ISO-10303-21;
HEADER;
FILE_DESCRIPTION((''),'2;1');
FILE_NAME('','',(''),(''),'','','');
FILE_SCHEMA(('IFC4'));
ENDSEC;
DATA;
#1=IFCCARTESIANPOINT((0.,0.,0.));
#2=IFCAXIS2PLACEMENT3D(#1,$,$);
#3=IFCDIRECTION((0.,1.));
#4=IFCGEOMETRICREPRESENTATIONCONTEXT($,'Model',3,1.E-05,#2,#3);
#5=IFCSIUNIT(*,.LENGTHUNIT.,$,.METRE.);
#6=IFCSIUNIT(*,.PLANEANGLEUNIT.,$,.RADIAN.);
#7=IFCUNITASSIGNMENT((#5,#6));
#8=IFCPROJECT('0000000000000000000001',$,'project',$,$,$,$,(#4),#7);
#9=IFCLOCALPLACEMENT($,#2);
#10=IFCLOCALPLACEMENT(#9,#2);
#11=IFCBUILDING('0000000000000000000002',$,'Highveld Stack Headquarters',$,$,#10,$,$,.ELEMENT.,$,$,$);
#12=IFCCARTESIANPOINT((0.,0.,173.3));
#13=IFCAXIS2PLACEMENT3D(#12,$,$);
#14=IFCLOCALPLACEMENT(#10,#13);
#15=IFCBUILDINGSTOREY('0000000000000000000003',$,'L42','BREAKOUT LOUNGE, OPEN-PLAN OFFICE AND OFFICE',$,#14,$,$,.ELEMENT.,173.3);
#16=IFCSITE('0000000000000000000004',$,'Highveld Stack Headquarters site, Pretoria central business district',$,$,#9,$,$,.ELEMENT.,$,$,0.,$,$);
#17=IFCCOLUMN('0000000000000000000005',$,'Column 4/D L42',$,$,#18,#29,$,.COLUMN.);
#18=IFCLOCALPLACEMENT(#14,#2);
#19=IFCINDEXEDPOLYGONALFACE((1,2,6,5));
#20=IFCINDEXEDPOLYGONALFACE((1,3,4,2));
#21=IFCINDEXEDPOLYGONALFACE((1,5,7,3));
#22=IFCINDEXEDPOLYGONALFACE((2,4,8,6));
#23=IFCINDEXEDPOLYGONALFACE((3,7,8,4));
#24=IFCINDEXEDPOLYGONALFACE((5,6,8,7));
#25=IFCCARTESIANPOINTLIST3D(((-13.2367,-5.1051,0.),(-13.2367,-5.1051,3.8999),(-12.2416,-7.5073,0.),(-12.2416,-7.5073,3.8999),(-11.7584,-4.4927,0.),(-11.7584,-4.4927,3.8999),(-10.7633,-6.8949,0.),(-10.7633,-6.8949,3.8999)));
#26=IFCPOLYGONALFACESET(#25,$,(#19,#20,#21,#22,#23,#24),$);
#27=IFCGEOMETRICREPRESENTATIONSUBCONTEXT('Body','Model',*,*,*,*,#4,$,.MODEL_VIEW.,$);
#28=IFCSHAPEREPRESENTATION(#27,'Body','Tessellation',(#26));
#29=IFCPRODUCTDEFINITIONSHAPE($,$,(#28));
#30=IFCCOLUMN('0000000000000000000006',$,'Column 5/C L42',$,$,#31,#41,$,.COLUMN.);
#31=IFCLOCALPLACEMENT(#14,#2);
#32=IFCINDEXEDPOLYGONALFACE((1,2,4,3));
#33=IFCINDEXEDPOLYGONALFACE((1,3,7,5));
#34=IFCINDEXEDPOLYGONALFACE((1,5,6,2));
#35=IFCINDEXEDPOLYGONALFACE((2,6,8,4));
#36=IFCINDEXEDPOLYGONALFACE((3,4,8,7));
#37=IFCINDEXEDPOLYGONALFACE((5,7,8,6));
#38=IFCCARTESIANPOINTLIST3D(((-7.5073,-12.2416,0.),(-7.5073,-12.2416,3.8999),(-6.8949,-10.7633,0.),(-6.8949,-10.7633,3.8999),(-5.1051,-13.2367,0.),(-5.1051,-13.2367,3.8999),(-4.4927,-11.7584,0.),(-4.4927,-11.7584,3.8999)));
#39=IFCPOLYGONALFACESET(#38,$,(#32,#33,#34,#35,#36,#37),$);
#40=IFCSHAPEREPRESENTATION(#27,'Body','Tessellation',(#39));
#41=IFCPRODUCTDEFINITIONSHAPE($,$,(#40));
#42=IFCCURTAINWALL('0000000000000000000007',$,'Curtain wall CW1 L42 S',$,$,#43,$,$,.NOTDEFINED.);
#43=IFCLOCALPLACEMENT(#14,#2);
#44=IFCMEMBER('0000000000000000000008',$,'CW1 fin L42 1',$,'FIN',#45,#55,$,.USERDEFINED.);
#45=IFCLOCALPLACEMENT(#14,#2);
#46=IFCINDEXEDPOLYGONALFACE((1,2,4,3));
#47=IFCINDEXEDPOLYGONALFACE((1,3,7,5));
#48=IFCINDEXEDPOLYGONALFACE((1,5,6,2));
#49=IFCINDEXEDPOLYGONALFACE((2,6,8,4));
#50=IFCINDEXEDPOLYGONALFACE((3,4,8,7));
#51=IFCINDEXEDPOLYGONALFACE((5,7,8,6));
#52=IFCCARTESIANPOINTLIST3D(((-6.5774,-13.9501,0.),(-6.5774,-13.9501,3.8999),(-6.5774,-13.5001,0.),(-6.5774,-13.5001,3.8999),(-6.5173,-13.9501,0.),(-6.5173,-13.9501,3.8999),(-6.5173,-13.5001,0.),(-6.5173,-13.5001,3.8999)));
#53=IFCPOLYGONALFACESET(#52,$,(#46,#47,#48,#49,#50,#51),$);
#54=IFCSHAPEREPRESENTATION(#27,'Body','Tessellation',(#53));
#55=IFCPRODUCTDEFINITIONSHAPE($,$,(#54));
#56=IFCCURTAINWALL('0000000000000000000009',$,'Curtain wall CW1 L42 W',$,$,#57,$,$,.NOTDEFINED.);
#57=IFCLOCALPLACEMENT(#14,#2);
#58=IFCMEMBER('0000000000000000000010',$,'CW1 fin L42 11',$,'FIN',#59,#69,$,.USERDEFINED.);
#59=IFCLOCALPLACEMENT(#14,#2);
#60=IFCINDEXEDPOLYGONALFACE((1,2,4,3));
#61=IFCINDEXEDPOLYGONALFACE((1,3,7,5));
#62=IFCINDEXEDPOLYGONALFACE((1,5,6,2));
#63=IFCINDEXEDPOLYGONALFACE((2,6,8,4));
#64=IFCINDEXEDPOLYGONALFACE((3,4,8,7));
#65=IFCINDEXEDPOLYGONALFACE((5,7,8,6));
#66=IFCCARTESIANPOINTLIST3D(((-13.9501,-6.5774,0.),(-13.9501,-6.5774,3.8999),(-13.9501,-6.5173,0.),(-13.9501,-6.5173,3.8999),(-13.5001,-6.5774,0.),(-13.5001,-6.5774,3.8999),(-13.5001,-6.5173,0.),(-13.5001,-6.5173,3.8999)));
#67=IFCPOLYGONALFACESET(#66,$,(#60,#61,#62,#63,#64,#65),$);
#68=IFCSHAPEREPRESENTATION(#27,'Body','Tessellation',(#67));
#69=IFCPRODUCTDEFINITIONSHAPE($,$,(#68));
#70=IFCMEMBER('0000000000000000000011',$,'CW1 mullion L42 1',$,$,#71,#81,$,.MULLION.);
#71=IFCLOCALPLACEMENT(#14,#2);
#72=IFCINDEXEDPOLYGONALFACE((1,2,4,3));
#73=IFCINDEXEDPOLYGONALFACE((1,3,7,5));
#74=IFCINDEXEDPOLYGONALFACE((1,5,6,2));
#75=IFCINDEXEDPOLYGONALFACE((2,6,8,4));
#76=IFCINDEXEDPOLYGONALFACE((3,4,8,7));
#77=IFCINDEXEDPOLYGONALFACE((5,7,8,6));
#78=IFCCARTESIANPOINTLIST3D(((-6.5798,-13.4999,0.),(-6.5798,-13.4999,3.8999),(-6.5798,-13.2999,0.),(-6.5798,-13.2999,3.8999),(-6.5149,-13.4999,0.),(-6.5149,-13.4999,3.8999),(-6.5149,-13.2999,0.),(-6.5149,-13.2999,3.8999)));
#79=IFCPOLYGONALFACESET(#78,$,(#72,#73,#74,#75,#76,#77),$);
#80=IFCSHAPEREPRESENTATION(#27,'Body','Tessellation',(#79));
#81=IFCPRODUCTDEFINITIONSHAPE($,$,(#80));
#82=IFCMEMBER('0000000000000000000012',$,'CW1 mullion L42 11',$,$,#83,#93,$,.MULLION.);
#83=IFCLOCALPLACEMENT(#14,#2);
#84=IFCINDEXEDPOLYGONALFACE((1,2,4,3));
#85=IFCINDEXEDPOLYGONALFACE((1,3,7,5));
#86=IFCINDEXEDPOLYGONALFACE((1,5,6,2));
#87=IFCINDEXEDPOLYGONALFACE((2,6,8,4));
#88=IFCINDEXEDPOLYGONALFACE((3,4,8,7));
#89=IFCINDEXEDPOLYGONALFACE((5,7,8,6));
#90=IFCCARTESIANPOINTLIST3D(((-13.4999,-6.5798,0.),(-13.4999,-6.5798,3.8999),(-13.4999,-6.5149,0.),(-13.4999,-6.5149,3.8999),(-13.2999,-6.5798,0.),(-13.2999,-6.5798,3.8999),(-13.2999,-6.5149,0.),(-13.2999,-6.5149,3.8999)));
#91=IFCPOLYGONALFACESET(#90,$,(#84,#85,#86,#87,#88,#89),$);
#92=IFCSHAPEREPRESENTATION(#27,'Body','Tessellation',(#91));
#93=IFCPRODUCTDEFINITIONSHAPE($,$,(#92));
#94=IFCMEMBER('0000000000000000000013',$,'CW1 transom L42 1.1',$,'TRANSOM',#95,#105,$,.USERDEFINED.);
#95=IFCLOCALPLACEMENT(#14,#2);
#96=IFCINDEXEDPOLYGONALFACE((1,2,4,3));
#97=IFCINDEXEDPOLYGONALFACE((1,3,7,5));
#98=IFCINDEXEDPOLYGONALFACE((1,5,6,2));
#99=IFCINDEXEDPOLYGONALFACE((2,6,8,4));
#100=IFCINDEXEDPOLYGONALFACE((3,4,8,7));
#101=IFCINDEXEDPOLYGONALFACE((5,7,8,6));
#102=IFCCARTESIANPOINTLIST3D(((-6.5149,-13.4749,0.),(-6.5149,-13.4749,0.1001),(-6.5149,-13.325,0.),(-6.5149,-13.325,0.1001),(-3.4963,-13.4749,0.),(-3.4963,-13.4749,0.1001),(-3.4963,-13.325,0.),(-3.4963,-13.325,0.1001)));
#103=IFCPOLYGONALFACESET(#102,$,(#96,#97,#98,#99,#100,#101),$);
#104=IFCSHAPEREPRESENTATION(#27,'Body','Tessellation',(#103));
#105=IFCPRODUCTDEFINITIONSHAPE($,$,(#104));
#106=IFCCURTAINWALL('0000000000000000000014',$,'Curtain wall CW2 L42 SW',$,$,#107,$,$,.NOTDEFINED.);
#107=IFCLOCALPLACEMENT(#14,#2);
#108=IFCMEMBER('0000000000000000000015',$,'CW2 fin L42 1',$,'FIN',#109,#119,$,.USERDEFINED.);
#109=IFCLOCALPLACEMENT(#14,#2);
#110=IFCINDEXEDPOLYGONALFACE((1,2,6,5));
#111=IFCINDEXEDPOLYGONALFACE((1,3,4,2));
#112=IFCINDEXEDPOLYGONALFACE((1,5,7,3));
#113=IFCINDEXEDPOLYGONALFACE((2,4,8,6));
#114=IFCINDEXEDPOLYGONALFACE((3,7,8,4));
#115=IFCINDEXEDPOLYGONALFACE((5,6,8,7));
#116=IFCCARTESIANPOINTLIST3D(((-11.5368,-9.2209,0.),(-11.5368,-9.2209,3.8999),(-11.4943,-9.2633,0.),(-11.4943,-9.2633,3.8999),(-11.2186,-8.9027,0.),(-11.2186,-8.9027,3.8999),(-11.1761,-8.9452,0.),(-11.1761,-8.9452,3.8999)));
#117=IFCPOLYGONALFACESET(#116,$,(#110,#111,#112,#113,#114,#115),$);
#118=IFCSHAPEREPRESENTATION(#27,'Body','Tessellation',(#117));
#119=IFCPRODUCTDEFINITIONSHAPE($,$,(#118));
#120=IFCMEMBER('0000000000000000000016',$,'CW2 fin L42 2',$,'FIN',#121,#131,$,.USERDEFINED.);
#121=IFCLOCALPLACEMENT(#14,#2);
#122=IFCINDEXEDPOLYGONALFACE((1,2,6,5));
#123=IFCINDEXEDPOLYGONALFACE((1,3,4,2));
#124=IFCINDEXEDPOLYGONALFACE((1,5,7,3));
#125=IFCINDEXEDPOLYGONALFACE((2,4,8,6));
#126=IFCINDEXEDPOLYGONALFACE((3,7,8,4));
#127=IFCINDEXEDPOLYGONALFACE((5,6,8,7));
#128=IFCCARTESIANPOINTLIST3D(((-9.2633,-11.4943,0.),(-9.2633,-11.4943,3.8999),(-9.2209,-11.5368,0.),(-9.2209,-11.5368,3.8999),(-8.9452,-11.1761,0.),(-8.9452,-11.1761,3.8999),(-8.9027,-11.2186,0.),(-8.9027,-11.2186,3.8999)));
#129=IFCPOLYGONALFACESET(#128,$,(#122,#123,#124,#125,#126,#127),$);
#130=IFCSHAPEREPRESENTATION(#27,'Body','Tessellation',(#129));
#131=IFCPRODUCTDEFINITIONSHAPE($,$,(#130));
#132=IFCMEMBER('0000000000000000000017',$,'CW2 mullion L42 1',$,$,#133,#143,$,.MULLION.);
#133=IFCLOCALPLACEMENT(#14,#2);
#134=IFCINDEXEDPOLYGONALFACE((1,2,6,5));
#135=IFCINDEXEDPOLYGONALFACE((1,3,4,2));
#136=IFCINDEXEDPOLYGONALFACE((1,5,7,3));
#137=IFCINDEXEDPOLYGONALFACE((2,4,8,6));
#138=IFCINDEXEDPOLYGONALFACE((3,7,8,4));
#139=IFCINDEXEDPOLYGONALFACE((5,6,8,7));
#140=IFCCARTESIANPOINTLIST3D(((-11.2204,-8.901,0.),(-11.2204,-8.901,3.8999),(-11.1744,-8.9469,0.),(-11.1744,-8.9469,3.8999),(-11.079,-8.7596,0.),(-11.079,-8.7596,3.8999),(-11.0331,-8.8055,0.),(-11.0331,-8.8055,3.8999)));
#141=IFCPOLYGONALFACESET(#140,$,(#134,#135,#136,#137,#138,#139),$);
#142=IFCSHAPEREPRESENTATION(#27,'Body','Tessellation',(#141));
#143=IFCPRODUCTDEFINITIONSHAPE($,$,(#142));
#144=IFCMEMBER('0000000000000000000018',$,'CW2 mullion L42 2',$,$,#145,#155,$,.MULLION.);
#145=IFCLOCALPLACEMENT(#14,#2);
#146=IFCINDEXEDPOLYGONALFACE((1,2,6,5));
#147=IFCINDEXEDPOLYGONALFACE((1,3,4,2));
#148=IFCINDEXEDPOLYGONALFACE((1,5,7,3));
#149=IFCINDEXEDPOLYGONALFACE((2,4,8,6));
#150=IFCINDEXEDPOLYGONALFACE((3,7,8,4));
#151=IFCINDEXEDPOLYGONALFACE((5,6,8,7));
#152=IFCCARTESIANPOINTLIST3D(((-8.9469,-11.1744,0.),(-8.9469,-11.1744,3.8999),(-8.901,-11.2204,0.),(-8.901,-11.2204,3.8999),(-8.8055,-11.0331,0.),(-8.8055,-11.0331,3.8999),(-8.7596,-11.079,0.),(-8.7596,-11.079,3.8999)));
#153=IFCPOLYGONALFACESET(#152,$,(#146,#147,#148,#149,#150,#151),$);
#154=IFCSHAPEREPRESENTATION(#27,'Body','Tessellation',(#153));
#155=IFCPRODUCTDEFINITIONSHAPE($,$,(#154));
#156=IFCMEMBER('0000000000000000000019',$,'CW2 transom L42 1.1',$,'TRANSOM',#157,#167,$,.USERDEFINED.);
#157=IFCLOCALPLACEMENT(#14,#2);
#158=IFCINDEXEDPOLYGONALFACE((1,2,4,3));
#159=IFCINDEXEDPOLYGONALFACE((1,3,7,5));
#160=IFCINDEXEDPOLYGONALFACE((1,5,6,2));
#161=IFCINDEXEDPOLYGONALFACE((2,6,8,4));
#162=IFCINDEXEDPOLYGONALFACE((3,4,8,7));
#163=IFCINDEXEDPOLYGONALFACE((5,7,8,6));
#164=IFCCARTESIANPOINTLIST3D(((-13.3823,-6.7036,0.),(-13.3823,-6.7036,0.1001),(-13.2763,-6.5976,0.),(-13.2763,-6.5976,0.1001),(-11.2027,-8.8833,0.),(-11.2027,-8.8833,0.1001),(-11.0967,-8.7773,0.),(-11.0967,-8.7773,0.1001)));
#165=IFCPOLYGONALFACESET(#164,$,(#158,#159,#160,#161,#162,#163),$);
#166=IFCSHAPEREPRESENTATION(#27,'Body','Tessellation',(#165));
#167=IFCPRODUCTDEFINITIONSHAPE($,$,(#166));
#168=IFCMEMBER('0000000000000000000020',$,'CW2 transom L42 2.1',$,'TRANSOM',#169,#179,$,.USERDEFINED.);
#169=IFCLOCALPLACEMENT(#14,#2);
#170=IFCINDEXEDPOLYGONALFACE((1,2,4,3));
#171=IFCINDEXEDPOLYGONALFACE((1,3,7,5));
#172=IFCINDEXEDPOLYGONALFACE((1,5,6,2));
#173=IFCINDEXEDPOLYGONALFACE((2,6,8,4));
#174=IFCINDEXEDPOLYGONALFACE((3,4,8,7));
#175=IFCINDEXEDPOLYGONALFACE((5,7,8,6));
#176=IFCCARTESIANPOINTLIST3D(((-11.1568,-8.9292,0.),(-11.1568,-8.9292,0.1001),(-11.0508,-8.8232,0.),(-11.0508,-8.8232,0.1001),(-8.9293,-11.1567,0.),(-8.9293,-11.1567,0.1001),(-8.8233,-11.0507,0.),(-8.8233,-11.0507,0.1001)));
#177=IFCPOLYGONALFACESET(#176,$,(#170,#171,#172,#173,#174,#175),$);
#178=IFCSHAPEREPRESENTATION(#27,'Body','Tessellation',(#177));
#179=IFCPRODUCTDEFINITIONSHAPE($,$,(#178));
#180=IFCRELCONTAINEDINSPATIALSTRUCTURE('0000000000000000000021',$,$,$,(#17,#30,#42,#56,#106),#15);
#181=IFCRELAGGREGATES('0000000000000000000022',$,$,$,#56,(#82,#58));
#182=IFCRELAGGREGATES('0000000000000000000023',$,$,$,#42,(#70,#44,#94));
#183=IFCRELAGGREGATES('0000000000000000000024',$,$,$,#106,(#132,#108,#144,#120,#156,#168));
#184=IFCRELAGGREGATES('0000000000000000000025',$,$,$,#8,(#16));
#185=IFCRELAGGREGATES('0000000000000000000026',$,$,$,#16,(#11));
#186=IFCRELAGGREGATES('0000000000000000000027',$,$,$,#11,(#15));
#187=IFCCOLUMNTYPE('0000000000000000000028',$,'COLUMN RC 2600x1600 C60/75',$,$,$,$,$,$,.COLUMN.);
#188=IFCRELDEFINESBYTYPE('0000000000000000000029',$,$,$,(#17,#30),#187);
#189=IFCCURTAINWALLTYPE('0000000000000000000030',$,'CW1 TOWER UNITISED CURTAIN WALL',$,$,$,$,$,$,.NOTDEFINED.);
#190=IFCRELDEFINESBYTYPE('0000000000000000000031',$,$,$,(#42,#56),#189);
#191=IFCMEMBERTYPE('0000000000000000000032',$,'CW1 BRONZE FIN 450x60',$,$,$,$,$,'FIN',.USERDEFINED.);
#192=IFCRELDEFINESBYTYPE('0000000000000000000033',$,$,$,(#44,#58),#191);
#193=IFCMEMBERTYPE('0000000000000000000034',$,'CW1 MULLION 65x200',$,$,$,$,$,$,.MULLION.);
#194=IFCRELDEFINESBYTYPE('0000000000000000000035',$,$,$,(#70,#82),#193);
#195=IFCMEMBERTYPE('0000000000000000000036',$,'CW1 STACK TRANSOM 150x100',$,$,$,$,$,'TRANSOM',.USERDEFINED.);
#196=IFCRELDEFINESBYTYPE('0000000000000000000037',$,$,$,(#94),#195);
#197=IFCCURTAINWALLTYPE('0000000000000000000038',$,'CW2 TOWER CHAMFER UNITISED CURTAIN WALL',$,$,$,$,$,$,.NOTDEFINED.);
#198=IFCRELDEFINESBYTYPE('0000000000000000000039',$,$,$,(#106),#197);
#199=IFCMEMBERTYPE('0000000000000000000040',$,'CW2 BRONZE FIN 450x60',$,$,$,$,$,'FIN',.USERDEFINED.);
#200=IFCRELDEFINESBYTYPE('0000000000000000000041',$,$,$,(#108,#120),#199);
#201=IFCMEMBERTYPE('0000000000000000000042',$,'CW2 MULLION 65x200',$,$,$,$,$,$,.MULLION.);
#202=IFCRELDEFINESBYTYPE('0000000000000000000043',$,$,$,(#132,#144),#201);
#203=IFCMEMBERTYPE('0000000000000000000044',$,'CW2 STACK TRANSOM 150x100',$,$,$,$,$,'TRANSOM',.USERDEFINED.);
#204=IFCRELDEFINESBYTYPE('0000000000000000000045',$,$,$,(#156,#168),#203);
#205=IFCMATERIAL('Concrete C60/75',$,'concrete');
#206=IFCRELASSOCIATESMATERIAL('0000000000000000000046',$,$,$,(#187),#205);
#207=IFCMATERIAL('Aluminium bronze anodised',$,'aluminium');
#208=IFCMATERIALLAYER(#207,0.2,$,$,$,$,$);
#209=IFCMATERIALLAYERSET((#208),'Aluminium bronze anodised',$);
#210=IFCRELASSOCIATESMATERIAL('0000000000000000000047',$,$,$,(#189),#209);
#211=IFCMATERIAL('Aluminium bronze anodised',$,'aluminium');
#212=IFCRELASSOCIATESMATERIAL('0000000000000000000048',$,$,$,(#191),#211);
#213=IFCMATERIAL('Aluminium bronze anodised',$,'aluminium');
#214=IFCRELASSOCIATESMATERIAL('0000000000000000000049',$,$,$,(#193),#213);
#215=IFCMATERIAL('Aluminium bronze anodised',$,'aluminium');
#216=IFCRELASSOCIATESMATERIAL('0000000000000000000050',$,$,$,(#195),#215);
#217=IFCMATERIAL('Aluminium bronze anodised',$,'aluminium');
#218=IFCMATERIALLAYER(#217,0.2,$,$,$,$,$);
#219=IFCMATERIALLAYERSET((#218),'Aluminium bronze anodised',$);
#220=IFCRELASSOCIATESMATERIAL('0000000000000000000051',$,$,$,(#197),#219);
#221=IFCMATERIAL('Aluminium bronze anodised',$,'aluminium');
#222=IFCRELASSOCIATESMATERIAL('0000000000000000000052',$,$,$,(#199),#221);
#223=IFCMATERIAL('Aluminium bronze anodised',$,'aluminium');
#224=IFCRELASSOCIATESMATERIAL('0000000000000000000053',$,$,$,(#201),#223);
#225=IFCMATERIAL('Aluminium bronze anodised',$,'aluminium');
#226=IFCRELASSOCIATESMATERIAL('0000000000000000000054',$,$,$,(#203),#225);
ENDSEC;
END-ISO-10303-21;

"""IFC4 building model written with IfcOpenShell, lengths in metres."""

from ifc_helpers import new_model, si_unit, direction, frame, origin, origin_2d, place, context, subcontext, project, spatial, rectangle, extrude, material, layer, layer_set, material_profile, profile_set, type_object, element, aggregate, save


model = new_model("IFC4")

# Units and contexts
model_context = context("Model", 3, precision=1e-05, world=origin(), true_north=direction((0.0, 1.0)))
body_context = subcontext(model_context, "Body", "Model", "MODEL_VIEW")
ifc_project = project(units=[si_unit("LENGTHUNIT", "METRE"), si_unit("PLANEANGLEUNIT", "RADIAN")], contexts=[model_context])

# Site, building, storey
site_placement = place(None, origin())
site = spatial("IfcSite", under=ifc_project, at=site_placement, Name="Highveld Stack Headquarters site, Pretoria central business district", CompositionType="ELEMENT", RefElevation=0.0)
building_placement = place(site_placement, origin())
building = spatial("IfcBuilding", under=site, at=building_placement, Name="Highveld Stack Headquarters", CompositionType="ELEMENT")
storey_placement = place(building_placement, frame((0.0, 0.0, 173.3)))
storey = spatial("IfcBuildingStorey", under=building, at=storey_placement, Name="L42", Description="BREAKOUT LOUNGE, OPEN-PLAN OFFICE AND OFFICE", CompositionType="ELEMENT", Elevation=173.3)

# Columns
ifc_material_1 = material(Name="Concrete C60/75", Category="concrete")
ifc_material_profile_1 = material_profile(ifc_material_1, rectangle(XDim=2.6001, YDim=1.6001, at=origin_2d()), Name="RC 2600x1600")
ifc_profile_set_1 = profile_set([ifc_material_profile_1], Name="Concrete C60/75")
column_type = type_object("IfcColumnType", Name="COLUMN RC 2600x1600 C60/75", PredefinedType="COLUMN", material=ifc_profile_set_1)
for number, where, z_axis, x_axis, name in (
    (1, (-12.0, -6.0, 0.0), (0.0, 0.0, 1.0), (-0.382683, 0.92388, 0.0), "Column 4/D L42"),
    (2, (-6.0, -12.0, 0.0), (0.0, 0.0, 1.0), (-0.92388, 0.382683, 0.0), "Column 5/C L42"),
):
    element("IfcColumn", number, at=place(storey_placement, frame(where, z_axis=z_axis, x_axis=x_axis)), inside=storey, type_object=column_type, Name=name, PredefinedType="COLUMN", context=body_context, shape_type="SweptSolid", body=[
        extrude(rectangle(XDim=2.6001, YDim=1.6001, at=origin_2d()), origin(), (0.0, 0.0, 1.0), 3.8999),
    ])

# Curtain walls, members
ifc_material_2 = material(Name="Aluminium bronze anodised", Category="aluminium")
ifc_layer_1 = layer(ifc_material_2, 0.2)
ifc_layer_set_1 = layer_set([ifc_layer_1], Name="Aluminium bronze anodised")
curtain_wall_type_1 = type_object("IfcCurtainWallType", Name="CW1 TOWER UNITISED CURTAIN WALL", PredefinedType="NOTDEFINED", material=ifc_layer_set_1)
curtain_wall_1_placement = place(storey_placement, origin())
curtain_wall_1 = element("IfcCurtainWall", 3, at=curtain_wall_1_placement, inside=storey, type_object=curtain_wall_type_1, Name="Curtain wall CW1 L42 S", PredefinedType="NOTDEFINED")
ifc_material_3 = material(Name="Aluminium bronze anodised", Category="aluminium")
ifc_material_profile_2 = material_profile(ifc_material_3, rectangle(XDim=0.45, YDim=0.0601, at=origin_2d()), Name="FIN 450x60")
ifc_profile_set_2 = profile_set([ifc_material_profile_2], Name="Aluminium bronze anodised")
member_type_1 = type_object("IfcMemberType", Name="CW1 BRONZE FIN 450x60", ElementType="FIN", PredefinedType="USERDEFINED", material=ifc_profile_set_2)
member_1_placement = place(storey_placement, frame((-6.5474, -13.7251, 0.0), z_axis=(0.0, 0.0, 1.0), x_axis=(0.0, 1.0, 0.0)))
member_1 = element("IfcMember", 4, at=member_1_placement, type_object=member_type_1, Name="CW1 fin L42 1", ObjectType="FIN", PredefinedType="USERDEFINED", context=body_context, shape_type="SweptSolid", body=[
    extrude(rectangle(XDim=0.45, YDim=0.0601, at=origin_2d()), origin(), (0.0, 0.0, 1.0), 3.8999),
])
curtain_wall_2_placement = place(storey_placement, origin())
curtain_wall_2 = element("IfcCurtainWall", 5, at=curtain_wall_2_placement, inside=storey, type_object=curtain_wall_type_1, Name="Curtain wall CW1 L42 W", PredefinedType="NOTDEFINED")
member_2_placement = place(storey_placement, frame((-13.7251, -6.5474, 0.0), z_axis=(0.0, 0.0, 1.0), x_axis=(1.0, 0.0, 0.0)))
member_2 = element("IfcMember", 6, at=member_2_placement, type_object=member_type_1, Name="CW1 fin L42 11", ObjectType="FIN", PredefinedType="USERDEFINED", context=body_context, shape_type="SweptSolid", body=[
    extrude(rectangle(XDim=0.45, YDim=0.0601, at=origin_2d()), origin(), (0.0, 0.0, 1.0), 3.8999),
])

# Members
ifc_material_4 = material(Name="Aluminium bronze anodised", Category="aluminium")
ifc_material_profile_3 = material_profile(ifc_material_4, rectangle(XDim=0.2, YDim=0.0649, at=origin_2d()), Name="CW1 MULLION 65x200")
ifc_profile_set_3 = profile_set([ifc_material_profile_3], Name="Aluminium bronze anodised")
member_type_2 = type_object("IfcMemberType", Name="CW1 MULLION 65x200", PredefinedType="MULLION", material=ifc_profile_set_3)
member_3_placement = place(storey_placement, frame((-6.5474, -13.3999, 0.0), z_axis=(0.0, 0.0, 1.0), x_axis=(0.0, 1.0, 0.0)))
member_3 = element("IfcMember", 7, at=member_3_placement, type_object=member_type_2, Name="CW1 mullion L42 1", PredefinedType="MULLION", context=body_context, shape_type="SweptSolid", body=[
    extrude(rectangle(XDim=0.2, YDim=0.0649, at=origin_2d()), origin(), (0.0, 0.0, 1.0), 3.8999),
])
member_4_placement = place(storey_placement, frame((-13.3999, -6.5474, 0.0), z_axis=(0.0, 0.0, 1.0), x_axis=(1.0, 0.0, 0.0)))
member_4 = element("IfcMember", 8, at=member_4_placement, type_object=member_type_2, Name="CW1 mullion L42 11", PredefinedType="MULLION", context=body_context, shape_type="SweptSolid", body=[
    extrude(rectangle(XDim=0.2, YDim=0.0649, at=origin_2d()), origin(), (0.0, 0.0, 1.0), 3.8999),
])
aggregate(curtain_wall_2, [member_4, member_2])
ifc_material_5 = material(Name="Aluminium bronze anodised", Category="aluminium")
ifc_material_profile_4 = material_profile(ifc_material_5, rectangle(XDim=0.1499, YDim=0.1001, at=origin_2d()), Name="CW1 TRANSOM 150x100")
ifc_profile_set_4 = profile_set([ifc_material_profile_4], Name="Aluminium bronze anodised")
member_type_3 = type_object("IfcMemberType", Name="CW1 STACK TRANSOM 150x100", ElementType="TRANSOM", PredefinedType="USERDEFINED", material=ifc_profile_set_4)
member_5_placement = place(storey_placement, frame((-6.5149, -13.3999, 0.05), z_axis=(1.0, 0.0, 0.0), x_axis=(0.0, 1.0, 0.0)))
member_5 = element("IfcMember", 9, at=member_5_placement, type_object=member_type_3, Name="CW1 transom L42 1.1", ObjectType="TRANSOM", PredefinedType="USERDEFINED", context=body_context, shape_type="SweptSolid", body=[
    extrude(rectangle(XDim=0.1499, YDim=0.1001, at=origin_2d()), origin(), (0.0, 0.0, 1.0), 3.0186),
])
aggregate(curtain_wall_1, [member_3, member_1, member_5])

# Curtain wall, members
ifc_material_6 = material(Name="Aluminium bronze anodised", Category="aluminium")
ifc_layer_2 = layer(ifc_material_6, 0.2)
ifc_layer_set_2 = layer_set([ifc_layer_2], Name="Aluminium bronze anodised")
curtain_wall_type_2 = type_object("IfcCurtainWallType", Name="CW2 TOWER CHAMFER UNITISED CURTAIN WALL", PredefinedType="NOTDEFINED", material=ifc_layer_set_2)
curtain_wall_3_placement = place(storey_placement, origin())
curtain_wall_3 = element("IfcCurtainWall", 10, at=curtain_wall_3_placement, inside=storey, type_object=curtain_wall_type_2, Name="Curtain wall CW2 L42 SW", PredefinedType="NOTDEFINED")
ifc_material_7 = material(Name="Aluminium bronze anodised", Category="aluminium")
ifc_material_profile_5 = material_profile(ifc_material_7, rectangle(XDim=0.45, YDim=0.0601, at=origin_2d()), Name="FIN 450x60")
ifc_profile_set_5 = profile_set([ifc_material_profile_5], Name="Aluminium bronze anodised")
member_type_4 = type_object("IfcMemberType", Name="CW2 BRONZE FIN 450x60", ElementType="FIN", PredefinedType="USERDEFINED", material=ifc_profile_set_5)
member_6_placement = place(storey_placement, frame((-11.3564, -9.083, 0.0), z_axis=(0.0, 0.0, 1.0), x_axis=(0.707107, 0.707107, 0.0)))
member_6 = element("IfcMember", 11, at=member_6_placement, type_object=member_type_4, Name="CW2 fin L42 1", ObjectType="FIN", PredefinedType="USERDEFINED", context=body_context, shape_type="SweptSolid", body=[
    extrude(rectangle(XDim=0.45, YDim=0.0601, at=origin_2d()), origin(), (0.0, 0.0, 1.0), 3.8999),
])
member_7_placement = place(storey_placement, frame((-9.083, -11.3564, 0.0), z_axis=(0.0, 0.0, 1.0), x_axis=(0.707107, 0.707107, 0.0)))
member_7 = element("IfcMember", 12, at=member_7_placement, type_object=member_type_4, Name="CW2 fin L42 2", ObjectType="FIN", PredefinedType="USERDEFINED", context=body_context, shape_type="SweptSolid", body=[
    extrude(rectangle(XDim=0.45, YDim=0.0601, at=origin_2d()), origin(), (0.0, 0.0, 1.0), 3.8999),
])
ifc_material_8 = material(Name="Aluminium bronze anodised", Category="aluminium")
ifc_material_profile_6 = material_profile(ifc_material_8, rectangle(XDim=0.2, YDim=0.0649, at=origin_2d()), Name="CW2 MULLION 65x200")
ifc_profile_set_6 = profile_set([ifc_material_profile_6], Name="Aluminium bronze anodised")
member_type_5 = type_object("IfcMemberType", Name="CW2 MULLION 65x200", PredefinedType="MULLION", material=ifc_profile_set_6)
member_8_placement = place(storey_placement, frame((-11.1267, -8.8533, 0.0), z_axis=(0.0, 0.0, 1.0), x_axis=(0.707107, 0.707107, 0.0)))
member_8 = element("IfcMember", 13, at=member_8_placement, type_object=member_type_5, Name="CW2 mullion L42 1", PredefinedType="MULLION", context=body_context, shape_type="SweptSolid", body=[
    extrude(rectangle(XDim=0.2, YDim=0.0649, at=origin_2d()), origin(), (0.0, 0.0, 1.0), 3.8999),
])
member_9_placement = place(storey_placement, frame((-8.8533, -11.1267, 0.0), z_axis=(0.0, 0.0, 1.0), x_axis=(0.707107, 0.707107, 0.0)))
member_9 = element("IfcMember", 14, at=member_9_placement, type_object=member_type_5, Name="CW2 mullion L42 2", PredefinedType="MULLION", context=body_context, shape_type="SweptSolid", body=[
    extrude(rectangle(XDim=0.2, YDim=0.0649, at=origin_2d()), origin(), (0.0, 0.0, 1.0), 3.8999),
])
ifc_material_9 = material(Name="Aluminium bronze anodised", Category="aluminium")
ifc_material_profile_7 = material_profile(ifc_material_9, rectangle(XDim=0.1499, YDim=0.1001, at=origin_2d()), Name="CW2 TRANSOM 150x100")
ifc_profile_set_7 = profile_set([ifc_material_profile_7], Name="Aluminium bronze anodised")
member_type_6 = type_object("IfcMemberType", Name="CW2 STACK TRANSOM 150x100", ElementType="TRANSOM", PredefinedType="USERDEFINED", material=ifc_profile_set_7)
member_10_placement = place(storey_placement, frame((-13.3293, -6.6506, 0.05), z_axis=(0.707107, -0.707107, 0.0), x_axis=(0.707107, 0.707107, 0.0)))
member_10 = element("IfcMember", 15, at=member_10_placement, type_object=member_type_6, Name="CW2 transom L42 1.1", ObjectType="TRANSOM", PredefinedType="USERDEFINED", context=body_context, shape_type="SweptSolid", body=[
    extrude(rectangle(XDim=0.1499, YDim=0.1001, at=origin_2d()), origin(), (0.0, 0.0, 1.0), 3.0825),
])
member_11_placement = place(storey_placement, frame((-11.1038, -8.8762, 0.05), z_axis=(0.707107, -0.707107, 0.0), x_axis=(0.707107, 0.707107, 0.0)))
member_11 = element("IfcMember", 16, at=member_11_placement, type_object=member_type_6, Name="CW2 transom L42 2.1", ObjectType="TRANSOM", PredefinedType="USERDEFINED", context=body_context, shape_type="SweptSolid", body=[
    extrude(rectangle(XDim=0.1499, YDim=0.1001, at=origin_2d()), origin(), (0.0, 0.0, 1.0), 3.1501),
])
aggregate(curtain_wall_3, [member_8, member_6, member_9, member_7, member_10, member_11])

save(model, "model.ifc")
